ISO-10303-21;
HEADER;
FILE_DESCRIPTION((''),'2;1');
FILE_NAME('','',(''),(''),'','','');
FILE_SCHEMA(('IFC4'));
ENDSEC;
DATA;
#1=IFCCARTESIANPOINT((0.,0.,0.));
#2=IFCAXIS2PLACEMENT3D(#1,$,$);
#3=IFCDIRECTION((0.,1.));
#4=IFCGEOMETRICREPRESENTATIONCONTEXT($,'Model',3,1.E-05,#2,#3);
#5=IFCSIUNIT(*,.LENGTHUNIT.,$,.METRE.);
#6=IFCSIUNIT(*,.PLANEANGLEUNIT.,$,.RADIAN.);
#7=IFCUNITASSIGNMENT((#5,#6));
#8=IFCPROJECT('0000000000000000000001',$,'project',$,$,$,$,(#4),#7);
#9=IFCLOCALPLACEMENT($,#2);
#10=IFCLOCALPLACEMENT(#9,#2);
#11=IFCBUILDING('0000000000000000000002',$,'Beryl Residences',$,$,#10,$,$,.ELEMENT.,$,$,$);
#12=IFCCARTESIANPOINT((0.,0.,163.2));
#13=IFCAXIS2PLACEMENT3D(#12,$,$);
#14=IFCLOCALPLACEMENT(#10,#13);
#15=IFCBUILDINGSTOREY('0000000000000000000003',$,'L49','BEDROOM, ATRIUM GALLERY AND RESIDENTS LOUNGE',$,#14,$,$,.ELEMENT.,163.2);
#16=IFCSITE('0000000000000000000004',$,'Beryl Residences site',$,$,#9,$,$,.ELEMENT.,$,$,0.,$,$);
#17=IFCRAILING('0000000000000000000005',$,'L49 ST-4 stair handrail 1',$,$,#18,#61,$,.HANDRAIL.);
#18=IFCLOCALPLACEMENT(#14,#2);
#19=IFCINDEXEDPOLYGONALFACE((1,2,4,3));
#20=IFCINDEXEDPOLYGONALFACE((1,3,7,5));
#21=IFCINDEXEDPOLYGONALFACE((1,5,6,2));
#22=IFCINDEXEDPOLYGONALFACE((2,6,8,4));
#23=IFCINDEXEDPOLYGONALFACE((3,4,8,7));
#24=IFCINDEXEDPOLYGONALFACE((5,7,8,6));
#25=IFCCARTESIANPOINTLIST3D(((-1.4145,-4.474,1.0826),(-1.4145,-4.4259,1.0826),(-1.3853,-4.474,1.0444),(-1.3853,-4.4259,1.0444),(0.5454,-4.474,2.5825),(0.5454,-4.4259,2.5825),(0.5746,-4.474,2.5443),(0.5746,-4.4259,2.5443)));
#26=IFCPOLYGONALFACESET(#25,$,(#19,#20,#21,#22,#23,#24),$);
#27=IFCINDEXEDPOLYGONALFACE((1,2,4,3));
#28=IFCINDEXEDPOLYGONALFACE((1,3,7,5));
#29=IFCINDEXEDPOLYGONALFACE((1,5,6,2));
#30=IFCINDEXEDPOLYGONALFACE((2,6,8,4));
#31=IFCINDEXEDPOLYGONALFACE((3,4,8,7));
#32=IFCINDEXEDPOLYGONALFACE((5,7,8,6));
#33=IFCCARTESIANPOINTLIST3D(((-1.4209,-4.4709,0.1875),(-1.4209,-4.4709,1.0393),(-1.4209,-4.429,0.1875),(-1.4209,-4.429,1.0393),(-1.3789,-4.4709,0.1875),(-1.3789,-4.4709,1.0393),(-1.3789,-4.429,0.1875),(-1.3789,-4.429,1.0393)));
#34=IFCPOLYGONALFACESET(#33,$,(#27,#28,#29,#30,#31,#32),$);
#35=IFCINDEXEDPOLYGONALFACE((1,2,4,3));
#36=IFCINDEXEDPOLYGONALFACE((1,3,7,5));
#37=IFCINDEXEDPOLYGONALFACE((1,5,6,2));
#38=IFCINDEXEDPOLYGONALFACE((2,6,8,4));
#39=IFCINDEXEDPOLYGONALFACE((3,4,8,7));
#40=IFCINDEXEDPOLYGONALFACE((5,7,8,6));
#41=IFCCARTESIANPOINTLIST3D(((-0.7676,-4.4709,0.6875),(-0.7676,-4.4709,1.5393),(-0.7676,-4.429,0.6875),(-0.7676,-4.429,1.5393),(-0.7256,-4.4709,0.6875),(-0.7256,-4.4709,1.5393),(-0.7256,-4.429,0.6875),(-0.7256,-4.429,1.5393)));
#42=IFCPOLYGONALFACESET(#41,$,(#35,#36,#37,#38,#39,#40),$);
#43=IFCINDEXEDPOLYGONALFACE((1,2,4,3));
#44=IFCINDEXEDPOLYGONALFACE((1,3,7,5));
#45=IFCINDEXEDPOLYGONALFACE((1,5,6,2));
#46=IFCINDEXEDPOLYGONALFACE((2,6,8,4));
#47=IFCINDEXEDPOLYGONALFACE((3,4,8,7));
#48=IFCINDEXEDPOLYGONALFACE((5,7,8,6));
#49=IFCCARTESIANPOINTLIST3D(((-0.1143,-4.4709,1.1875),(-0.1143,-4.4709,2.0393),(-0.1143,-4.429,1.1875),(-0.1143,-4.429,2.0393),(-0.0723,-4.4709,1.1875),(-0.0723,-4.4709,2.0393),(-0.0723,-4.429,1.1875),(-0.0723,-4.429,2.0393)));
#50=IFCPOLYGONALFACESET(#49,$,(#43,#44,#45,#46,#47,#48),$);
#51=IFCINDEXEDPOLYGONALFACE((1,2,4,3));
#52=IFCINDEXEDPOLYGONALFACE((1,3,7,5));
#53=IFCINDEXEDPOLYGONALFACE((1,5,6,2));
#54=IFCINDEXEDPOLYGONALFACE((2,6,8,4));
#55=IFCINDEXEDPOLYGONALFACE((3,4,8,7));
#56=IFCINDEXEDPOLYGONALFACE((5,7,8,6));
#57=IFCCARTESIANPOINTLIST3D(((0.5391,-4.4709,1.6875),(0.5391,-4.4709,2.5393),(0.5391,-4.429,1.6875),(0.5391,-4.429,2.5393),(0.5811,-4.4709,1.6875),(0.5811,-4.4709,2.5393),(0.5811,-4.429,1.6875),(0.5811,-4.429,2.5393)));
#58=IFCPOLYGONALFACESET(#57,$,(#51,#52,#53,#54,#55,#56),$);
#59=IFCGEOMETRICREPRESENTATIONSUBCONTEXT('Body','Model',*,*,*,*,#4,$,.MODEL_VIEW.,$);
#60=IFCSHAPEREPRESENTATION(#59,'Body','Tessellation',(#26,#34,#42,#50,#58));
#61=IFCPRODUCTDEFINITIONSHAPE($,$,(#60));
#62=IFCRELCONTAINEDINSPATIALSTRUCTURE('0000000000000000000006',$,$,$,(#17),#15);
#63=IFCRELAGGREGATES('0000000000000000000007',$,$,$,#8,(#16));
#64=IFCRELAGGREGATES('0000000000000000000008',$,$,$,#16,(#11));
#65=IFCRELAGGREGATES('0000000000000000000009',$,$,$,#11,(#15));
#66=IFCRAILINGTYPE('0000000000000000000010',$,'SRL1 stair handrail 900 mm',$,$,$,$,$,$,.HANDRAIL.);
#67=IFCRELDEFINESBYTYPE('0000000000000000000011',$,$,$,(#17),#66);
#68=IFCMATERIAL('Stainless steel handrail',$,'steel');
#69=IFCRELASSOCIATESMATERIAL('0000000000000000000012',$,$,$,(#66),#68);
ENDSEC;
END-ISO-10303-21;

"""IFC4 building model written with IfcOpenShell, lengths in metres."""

from ifc_helpers import new_model, si_unit, direction, frame, origin, origin_2d, place, context, subcontext, project, spatial, rectangle, extrude, material, type_object, element, save


model = new_model("IFC4")

# Units and contexts
model_context = context("Model", 3, precision=1e-05, world=origin(), true_north=direction((0.0, 1.0)))
body_context = subcontext(model_context, "Body", "Model", "MODEL_VIEW")
ifc_project = project(units=[si_unit("LENGTHUNIT", "METRE"), si_unit("PLANEANGLEUNIT", "RADIAN")], contexts=[model_context])

# Site, building, storey
site_placement = place(None, origin())
site = spatial("IfcSite", under=ifc_project, at=site_placement, Name="Beryl Residences site", CompositionType="ELEMENT", RefElevation=0.0)
building_placement = place(site_placement, origin())
building = spatial("IfcBuilding", under=site, at=building_placement, Name="Beryl Residences", CompositionType="ELEMENT")
storey_placement = place(building_placement, frame((0.0, 0.0, 163.2)))
storey = spatial("IfcBuildingStorey", under=building, at=storey_placement, Name="L49", Description="BEDROOM, ATRIUM GALLERY AND RESIDENTS LOUNGE", CompositionType="ELEMENT", Elevation=163.2)

# Railing
ifc_material_1 = material(Name="Stainless steel handrail", Category="steel")
railing_type_1 = type_object("IfcRailingType", Name="SRL1 stair handrail 900 mm", PredefinedType="HANDRAIL", material=ifc_material_1)
railing_1_placement = place(storey_placement, frame((-1.3999, -4.45, 0.1875)))
element("IfcRailing", 1, at=railing_1_placement, inside=storey, type_object=railing_type_1, Name="L49 ST-4 stair handrail 1", PredefinedType="HANDRAIL", context=body_context, shape_type="SweptSolid", body=[
    extrude(rectangle(XDim=0.0481, YDim=0.0481, at=origin_2d()), frame((0.0, 0.0, 0.876), z_axis=(0.794122, 0.0, 0.607758), x_axis=(0.0, 1.0, 0.0)), (0.0, 0.0, 1.0), 2.468),
    extrude(rectangle(XDim=0.042, YDim=0.042, at=origin_2d()), origin(), (0.0, 0.0, 1.0), 0.8518),
    extrude(rectangle(XDim=0.042, YDim=0.042, at=origin_2d()), frame((0.6533, 0.0, 0.5)), (0.0, 0.0, 1.0), 0.8518),
    extrude(rectangle(XDim=0.042, YDim=0.042, at=origin_2d()), frame((1.3066, 0.0, 1.0)), (0.0, 0.0, 1.0), 0.8518),
    extrude(rectangle(XDim=0.042, YDim=0.042, at=origin_2d()), frame((1.96, 0.0, 1.5)), (0.0, 0.0, 1.0), 0.8518),
])

save(model, "model.ifc")
